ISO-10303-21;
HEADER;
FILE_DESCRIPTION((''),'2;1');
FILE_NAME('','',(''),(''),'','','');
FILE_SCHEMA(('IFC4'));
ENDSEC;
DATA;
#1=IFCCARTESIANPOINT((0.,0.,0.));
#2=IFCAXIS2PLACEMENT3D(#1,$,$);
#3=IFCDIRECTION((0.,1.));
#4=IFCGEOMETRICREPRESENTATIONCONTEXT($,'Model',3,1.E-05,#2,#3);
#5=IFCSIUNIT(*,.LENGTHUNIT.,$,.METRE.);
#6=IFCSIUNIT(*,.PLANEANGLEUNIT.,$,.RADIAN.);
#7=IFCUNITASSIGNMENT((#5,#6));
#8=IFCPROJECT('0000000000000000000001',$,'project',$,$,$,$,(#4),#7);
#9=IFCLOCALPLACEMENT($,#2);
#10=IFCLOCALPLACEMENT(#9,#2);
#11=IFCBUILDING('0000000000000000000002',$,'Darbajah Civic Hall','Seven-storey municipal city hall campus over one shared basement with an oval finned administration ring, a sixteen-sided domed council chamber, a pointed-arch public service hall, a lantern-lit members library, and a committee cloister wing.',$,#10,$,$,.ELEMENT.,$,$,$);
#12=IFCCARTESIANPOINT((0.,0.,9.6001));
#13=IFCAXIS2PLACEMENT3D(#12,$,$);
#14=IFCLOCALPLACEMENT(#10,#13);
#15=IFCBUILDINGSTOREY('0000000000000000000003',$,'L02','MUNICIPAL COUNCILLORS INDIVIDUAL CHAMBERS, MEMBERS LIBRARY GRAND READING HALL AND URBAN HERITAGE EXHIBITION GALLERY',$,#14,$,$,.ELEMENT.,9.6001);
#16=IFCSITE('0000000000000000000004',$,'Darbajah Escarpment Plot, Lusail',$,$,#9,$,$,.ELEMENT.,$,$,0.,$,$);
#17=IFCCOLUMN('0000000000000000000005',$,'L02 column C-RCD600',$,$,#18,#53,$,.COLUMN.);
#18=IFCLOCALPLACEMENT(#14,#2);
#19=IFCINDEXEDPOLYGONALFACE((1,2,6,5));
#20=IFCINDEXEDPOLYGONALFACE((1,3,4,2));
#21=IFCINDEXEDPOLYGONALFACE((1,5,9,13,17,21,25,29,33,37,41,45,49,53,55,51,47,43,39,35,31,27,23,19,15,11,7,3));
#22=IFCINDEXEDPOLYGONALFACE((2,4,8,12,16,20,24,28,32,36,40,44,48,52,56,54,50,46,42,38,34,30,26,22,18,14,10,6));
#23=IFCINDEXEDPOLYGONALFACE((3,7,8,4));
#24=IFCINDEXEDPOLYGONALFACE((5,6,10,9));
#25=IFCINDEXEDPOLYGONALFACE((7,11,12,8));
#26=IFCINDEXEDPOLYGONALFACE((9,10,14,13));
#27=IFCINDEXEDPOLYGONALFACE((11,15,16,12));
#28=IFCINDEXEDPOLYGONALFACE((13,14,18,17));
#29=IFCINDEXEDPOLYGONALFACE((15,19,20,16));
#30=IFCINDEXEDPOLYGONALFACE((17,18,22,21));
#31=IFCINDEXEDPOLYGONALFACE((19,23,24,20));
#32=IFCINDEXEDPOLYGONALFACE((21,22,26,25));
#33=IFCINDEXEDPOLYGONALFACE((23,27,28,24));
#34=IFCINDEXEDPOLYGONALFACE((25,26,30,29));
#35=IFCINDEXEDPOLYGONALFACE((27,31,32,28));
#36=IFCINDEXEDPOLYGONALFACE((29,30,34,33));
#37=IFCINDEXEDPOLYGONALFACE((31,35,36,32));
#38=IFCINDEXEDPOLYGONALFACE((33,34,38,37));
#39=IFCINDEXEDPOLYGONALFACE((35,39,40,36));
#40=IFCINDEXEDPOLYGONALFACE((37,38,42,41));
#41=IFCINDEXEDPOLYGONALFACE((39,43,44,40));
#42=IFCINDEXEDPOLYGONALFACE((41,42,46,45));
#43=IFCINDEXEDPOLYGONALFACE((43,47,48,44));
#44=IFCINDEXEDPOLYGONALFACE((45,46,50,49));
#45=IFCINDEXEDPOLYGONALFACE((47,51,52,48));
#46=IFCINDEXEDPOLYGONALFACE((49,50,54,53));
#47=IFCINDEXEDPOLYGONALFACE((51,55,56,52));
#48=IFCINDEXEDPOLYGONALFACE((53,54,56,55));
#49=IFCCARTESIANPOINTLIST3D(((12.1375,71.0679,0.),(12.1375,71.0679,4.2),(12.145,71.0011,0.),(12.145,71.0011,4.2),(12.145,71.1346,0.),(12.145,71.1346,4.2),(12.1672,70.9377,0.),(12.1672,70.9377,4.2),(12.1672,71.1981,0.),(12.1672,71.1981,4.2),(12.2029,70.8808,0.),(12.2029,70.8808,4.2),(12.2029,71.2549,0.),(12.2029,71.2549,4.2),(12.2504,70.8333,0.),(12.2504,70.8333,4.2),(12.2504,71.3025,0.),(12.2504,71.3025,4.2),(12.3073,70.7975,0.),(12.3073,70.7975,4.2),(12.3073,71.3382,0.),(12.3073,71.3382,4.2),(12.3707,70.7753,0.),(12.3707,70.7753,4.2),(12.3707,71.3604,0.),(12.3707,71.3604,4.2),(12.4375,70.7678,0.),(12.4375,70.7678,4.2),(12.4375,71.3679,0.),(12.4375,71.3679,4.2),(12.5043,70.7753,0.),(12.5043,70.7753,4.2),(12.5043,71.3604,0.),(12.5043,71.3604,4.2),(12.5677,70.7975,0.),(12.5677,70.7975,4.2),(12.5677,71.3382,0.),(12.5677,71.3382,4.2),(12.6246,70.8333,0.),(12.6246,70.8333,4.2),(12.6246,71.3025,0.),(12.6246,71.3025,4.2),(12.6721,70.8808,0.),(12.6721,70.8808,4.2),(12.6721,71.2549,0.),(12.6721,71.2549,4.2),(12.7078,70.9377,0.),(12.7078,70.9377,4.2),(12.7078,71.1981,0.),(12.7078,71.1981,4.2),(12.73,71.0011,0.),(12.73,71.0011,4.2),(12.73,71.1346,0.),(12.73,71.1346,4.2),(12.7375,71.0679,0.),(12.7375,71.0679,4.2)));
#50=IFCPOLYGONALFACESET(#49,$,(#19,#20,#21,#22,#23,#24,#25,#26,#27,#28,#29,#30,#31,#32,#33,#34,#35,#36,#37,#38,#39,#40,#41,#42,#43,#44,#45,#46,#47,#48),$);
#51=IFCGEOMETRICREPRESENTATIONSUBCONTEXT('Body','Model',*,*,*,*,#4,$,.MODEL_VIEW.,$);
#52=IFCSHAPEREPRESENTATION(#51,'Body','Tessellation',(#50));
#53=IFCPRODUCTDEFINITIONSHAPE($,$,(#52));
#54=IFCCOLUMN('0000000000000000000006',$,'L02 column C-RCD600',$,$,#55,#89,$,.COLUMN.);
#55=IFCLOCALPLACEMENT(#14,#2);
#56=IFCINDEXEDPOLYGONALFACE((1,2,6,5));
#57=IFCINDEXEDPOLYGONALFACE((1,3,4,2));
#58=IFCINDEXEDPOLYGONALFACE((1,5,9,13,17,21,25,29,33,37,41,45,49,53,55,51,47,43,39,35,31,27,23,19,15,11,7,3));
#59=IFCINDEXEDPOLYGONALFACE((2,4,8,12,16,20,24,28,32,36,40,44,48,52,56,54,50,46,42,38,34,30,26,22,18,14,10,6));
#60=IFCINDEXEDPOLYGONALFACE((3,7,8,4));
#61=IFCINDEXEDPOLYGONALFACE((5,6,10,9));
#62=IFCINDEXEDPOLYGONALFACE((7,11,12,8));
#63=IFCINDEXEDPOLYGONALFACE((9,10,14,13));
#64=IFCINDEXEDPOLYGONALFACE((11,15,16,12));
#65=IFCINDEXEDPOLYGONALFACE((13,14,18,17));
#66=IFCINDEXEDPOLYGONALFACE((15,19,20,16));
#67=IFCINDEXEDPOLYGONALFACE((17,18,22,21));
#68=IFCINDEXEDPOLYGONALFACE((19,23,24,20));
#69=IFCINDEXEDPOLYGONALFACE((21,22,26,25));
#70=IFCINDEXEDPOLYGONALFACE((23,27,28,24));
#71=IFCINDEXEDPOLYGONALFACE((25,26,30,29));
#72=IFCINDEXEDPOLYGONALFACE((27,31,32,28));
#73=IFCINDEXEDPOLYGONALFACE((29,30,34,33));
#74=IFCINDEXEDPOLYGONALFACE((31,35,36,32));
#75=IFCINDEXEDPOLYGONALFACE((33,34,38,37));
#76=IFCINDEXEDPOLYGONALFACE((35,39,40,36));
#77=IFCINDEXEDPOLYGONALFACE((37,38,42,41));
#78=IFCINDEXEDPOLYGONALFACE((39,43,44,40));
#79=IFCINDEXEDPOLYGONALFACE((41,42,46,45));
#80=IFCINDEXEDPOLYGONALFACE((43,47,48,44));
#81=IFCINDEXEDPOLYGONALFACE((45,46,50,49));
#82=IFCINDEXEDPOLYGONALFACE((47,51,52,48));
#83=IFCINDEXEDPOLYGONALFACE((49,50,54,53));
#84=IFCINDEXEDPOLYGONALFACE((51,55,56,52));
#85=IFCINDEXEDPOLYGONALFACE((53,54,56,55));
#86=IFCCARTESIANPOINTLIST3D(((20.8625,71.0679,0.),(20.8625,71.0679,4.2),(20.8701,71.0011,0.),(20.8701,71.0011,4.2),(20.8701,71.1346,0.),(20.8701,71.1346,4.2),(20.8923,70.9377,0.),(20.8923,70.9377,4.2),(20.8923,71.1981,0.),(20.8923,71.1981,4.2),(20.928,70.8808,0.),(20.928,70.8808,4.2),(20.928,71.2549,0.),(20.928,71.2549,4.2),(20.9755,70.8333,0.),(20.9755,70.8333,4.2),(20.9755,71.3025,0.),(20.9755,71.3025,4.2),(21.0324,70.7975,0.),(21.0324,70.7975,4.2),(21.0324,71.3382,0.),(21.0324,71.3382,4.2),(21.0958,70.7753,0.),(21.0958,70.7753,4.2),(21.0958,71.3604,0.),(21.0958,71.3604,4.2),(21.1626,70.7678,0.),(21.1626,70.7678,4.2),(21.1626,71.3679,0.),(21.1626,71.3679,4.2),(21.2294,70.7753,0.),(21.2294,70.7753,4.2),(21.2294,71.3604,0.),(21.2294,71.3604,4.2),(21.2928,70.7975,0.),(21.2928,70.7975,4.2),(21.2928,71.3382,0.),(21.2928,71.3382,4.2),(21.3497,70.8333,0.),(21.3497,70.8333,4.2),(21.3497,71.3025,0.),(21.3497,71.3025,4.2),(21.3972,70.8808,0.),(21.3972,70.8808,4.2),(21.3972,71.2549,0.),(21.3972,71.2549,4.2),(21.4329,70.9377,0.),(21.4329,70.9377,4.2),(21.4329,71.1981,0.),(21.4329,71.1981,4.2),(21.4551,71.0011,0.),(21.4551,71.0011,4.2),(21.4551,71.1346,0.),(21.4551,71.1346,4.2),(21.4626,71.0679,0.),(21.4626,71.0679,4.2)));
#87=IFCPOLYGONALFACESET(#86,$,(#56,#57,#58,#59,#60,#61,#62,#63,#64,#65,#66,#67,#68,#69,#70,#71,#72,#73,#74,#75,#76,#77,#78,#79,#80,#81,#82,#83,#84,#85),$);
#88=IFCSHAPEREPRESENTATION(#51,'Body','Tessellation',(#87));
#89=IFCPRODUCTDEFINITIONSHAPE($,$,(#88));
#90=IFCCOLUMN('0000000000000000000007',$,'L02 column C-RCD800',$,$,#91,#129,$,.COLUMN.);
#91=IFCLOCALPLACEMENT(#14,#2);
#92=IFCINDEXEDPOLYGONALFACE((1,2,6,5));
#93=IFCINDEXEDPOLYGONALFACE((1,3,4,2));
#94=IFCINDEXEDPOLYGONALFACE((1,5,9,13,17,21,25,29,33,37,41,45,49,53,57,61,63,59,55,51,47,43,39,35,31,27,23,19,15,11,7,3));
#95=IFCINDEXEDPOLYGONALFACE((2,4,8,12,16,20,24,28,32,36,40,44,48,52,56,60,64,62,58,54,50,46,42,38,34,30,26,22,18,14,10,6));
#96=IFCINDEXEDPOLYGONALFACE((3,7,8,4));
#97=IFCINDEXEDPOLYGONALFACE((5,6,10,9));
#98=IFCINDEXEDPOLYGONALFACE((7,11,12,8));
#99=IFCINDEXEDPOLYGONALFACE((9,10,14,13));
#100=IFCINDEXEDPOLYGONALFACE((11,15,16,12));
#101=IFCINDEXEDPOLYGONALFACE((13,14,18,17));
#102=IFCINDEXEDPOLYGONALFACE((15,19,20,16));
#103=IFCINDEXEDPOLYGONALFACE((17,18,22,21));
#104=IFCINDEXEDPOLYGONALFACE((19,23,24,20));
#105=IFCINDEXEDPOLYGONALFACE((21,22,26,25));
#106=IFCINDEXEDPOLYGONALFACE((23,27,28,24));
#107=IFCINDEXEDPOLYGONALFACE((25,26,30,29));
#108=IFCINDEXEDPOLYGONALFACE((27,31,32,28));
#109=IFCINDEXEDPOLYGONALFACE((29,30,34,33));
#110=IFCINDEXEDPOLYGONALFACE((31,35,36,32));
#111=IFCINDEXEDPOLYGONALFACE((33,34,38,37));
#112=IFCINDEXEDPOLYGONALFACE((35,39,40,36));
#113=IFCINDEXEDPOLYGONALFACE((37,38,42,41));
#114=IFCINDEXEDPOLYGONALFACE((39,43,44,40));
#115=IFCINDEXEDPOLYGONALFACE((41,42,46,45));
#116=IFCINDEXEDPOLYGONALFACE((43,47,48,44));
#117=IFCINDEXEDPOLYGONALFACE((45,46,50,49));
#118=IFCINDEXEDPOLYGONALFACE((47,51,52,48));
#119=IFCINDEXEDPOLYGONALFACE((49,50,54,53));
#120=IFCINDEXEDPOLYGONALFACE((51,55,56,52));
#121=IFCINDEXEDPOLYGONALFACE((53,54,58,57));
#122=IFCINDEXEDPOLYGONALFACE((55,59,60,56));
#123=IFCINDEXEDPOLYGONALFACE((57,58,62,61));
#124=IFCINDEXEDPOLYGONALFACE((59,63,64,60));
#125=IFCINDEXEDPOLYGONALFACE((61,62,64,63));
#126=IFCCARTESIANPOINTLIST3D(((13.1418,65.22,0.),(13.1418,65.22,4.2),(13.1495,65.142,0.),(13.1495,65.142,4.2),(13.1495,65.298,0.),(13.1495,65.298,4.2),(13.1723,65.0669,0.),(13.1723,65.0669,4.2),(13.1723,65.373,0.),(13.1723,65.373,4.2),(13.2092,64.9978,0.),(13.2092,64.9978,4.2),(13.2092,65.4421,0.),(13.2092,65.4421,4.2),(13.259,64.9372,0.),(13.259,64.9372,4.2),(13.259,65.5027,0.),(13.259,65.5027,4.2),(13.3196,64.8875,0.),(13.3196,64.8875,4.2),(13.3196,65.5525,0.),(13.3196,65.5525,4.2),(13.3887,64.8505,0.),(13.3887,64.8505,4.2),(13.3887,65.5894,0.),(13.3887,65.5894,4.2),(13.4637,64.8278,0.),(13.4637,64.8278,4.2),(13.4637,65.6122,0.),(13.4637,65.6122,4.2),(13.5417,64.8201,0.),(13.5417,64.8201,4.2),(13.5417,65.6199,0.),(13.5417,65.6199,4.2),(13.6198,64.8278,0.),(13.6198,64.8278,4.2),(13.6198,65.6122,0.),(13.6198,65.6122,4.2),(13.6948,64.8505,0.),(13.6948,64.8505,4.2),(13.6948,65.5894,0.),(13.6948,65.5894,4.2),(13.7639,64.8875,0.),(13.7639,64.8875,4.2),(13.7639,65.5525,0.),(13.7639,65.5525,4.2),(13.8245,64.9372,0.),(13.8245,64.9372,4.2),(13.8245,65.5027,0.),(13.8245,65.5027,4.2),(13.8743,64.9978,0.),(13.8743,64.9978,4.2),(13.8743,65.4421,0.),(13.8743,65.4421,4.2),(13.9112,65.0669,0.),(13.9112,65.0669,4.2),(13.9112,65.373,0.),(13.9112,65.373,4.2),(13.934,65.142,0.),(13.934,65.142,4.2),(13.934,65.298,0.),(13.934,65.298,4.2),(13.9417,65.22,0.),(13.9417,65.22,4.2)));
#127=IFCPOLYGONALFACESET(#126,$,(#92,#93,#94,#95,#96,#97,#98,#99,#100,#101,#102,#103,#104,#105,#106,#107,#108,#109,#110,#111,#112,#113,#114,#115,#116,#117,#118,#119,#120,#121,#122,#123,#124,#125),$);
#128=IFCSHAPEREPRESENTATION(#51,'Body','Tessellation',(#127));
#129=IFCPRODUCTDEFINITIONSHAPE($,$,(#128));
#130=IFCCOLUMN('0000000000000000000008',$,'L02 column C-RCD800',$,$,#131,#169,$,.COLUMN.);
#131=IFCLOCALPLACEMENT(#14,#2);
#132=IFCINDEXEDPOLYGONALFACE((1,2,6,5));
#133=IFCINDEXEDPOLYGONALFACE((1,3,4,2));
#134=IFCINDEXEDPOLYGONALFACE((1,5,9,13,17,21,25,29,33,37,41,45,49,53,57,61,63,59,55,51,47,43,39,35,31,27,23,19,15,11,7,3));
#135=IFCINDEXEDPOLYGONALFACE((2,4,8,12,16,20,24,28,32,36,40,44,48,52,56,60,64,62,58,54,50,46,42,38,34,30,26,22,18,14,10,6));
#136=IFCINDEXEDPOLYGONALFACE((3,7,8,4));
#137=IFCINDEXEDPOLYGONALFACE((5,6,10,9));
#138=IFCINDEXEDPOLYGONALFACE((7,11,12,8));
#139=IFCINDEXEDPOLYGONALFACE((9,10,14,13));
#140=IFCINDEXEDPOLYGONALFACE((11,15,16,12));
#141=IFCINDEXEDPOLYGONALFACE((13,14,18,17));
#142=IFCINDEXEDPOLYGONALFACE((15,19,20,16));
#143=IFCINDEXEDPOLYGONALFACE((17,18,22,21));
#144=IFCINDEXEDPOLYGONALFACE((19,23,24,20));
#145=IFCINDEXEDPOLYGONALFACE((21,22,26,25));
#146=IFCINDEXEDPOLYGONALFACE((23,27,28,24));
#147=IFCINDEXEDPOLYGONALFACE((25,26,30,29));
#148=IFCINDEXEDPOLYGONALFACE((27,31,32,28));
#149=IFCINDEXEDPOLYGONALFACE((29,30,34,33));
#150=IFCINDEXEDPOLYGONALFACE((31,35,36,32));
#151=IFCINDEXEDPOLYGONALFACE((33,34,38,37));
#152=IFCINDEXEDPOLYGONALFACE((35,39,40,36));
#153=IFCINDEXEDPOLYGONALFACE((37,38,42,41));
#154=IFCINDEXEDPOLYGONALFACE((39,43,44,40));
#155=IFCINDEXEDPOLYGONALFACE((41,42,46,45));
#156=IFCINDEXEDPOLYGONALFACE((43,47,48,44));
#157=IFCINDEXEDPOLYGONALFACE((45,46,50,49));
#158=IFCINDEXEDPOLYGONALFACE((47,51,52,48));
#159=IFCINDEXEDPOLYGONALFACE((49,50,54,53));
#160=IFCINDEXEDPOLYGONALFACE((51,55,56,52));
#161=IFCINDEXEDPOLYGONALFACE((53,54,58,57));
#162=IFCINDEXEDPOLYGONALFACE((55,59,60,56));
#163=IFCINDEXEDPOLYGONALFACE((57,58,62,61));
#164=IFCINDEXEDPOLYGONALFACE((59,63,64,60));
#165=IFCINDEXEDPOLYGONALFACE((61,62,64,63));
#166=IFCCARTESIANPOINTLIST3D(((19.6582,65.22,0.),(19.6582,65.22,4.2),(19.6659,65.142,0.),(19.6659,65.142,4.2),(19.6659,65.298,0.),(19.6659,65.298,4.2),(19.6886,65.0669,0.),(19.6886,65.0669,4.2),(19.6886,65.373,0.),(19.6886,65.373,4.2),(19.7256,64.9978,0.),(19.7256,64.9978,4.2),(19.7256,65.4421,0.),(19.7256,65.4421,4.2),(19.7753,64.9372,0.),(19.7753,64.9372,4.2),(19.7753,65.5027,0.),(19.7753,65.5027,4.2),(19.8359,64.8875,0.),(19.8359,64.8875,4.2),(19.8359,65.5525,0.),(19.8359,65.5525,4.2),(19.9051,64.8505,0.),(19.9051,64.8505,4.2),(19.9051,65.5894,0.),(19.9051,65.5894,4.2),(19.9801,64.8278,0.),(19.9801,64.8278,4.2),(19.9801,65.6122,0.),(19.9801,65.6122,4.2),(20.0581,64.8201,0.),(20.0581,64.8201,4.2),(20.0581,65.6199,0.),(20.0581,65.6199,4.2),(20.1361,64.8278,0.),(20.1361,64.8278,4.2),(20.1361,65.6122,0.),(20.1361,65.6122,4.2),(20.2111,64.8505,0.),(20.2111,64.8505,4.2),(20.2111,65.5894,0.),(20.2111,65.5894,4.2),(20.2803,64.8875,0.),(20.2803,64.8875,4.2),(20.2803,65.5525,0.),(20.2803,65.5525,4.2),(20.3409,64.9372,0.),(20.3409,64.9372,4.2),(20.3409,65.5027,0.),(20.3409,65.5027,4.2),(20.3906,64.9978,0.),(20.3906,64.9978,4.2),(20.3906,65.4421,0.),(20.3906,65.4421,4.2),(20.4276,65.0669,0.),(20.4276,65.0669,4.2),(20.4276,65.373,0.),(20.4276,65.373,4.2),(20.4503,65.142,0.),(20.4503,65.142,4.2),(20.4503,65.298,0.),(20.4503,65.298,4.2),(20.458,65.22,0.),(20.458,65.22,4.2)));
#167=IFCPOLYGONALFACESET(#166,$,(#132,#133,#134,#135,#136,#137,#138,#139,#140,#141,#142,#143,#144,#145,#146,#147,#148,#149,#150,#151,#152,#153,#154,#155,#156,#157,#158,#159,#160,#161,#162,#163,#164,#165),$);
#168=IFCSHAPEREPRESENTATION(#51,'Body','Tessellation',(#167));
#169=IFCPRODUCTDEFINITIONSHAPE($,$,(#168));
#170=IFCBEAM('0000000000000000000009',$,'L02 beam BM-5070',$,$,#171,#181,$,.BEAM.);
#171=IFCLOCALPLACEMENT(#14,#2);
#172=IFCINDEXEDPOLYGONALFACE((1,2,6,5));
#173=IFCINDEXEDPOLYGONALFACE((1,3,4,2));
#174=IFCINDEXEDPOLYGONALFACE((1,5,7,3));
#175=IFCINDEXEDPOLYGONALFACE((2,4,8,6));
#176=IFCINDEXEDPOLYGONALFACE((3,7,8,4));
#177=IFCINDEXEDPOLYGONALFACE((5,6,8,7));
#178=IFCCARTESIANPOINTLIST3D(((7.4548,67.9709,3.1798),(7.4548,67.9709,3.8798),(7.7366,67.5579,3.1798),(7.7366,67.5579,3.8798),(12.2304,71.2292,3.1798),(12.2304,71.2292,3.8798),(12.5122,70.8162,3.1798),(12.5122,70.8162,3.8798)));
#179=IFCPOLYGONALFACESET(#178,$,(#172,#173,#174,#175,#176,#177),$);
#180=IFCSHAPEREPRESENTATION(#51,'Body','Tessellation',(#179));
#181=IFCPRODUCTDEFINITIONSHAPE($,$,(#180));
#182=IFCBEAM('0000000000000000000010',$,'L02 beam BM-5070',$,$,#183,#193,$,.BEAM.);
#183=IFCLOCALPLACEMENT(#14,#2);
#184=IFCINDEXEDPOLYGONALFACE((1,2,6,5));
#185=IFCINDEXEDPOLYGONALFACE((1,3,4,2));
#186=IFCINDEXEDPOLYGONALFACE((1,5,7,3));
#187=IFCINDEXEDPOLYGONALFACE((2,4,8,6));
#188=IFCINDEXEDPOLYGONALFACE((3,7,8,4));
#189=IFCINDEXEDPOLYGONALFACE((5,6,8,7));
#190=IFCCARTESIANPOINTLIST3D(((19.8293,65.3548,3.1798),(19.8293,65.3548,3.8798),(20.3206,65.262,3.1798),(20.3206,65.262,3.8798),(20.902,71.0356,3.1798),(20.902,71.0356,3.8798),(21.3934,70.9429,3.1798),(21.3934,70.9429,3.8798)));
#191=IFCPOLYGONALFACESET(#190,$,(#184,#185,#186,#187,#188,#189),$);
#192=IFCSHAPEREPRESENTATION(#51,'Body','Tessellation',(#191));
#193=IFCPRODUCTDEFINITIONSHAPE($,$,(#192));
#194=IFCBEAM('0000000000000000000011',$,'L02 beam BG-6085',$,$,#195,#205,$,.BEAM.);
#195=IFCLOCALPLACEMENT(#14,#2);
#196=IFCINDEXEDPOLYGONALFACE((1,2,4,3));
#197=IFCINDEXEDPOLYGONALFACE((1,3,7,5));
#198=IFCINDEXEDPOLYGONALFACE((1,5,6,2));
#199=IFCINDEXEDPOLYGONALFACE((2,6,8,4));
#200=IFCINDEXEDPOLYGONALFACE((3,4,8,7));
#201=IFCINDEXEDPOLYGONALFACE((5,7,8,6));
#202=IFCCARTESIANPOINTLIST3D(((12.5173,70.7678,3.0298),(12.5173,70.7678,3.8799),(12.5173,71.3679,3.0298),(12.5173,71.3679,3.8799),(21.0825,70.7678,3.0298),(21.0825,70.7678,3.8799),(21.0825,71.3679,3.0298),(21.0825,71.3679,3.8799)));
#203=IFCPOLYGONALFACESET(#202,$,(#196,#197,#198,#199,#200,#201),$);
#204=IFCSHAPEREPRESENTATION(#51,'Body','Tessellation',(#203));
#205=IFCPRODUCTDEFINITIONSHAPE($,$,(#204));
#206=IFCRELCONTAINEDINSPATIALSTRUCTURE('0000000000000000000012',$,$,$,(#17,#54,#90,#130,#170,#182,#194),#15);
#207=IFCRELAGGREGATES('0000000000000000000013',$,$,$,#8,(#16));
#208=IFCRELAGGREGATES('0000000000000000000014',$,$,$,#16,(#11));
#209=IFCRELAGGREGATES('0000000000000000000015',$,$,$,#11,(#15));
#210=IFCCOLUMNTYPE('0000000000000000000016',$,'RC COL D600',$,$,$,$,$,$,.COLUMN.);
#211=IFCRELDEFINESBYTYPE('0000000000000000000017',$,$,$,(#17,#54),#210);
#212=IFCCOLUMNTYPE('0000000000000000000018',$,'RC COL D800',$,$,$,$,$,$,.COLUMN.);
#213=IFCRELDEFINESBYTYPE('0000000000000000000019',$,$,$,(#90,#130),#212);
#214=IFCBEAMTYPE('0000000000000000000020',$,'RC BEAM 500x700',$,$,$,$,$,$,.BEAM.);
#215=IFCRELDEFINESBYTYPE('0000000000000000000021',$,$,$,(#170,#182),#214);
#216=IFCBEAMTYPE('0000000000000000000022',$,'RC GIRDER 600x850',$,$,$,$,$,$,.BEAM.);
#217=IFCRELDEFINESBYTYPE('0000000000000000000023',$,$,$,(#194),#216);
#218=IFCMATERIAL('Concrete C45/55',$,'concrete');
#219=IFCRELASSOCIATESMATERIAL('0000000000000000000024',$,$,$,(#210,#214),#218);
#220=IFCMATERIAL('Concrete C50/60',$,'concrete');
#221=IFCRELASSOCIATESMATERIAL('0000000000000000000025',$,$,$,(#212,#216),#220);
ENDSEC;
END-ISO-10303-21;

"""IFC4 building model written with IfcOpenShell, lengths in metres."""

from ifc_helpers import new_model, si_unit, direction, frame, origin, origin_2d, place, context, subcontext, project, spatial, rectangle, circle, extrude, material, material_profile, profile_set, type_object, element, save


model = new_model("IFC4")

# Units and contexts
model_context = context("Model", 3, precision=1e-05, world=origin(), true_north=direction((0.0, 1.0)))
body_context = subcontext(model_context, "Body", "Model", "MODEL_VIEW")
ifc_project = project(units=[si_unit("LENGTHUNIT", "METRE"), si_unit("PLANEANGLEUNIT", "RADIAN")], contexts=[model_context])

# Site, building, storey
site_placement = place(None, origin())
site = spatial("IfcSite", under=ifc_project, at=site_placement, Name="Darbajah Escarpment Plot, Lusail", CompositionType="ELEMENT", RefElevation=0.0)
building_placement = place(site_placement, origin())
building = spatial("IfcBuilding", under=site, at=building_placement, Name="Darbajah Civic Hall", Description="Seven-storey municipal city hall campus over one shared basement with an oval finned administration ring, a sixteen-sided domed council chamber, a pointed-arch public service hall, a lantern-lit members library, and a committee cloister wing.", CompositionType="ELEMENT")
storey_placement = place(building_placement, frame((0.0, 0.0, 9.6001)))
storey = spatial("IfcBuildingStorey", under=building, at=storey_placement, Name="L02", Description="MUNICIPAL COUNCILLORS INDIVIDUAL CHAMBERS, MEMBERS LIBRARY GRAND READING HALL AND URBAN HERITAGE EXHIBITION GALLERY", CompositionType="ELEMENT", Elevation=9.6001)

# Columns
ifc_material_1 = material(Name="Concrete C45/55", Category="concrete")
ifc_material_profile_1 = material_profile(ifc_material_1, circle(Radius=0.3, at=origin_2d()), Name="RC COL D600")
ifc_profile_set_1 = profile_set([ifc_material_profile_1], Name="Concrete C45/55")
column_type_1 = type_object("IfcColumnType", Name="RC COL D600", PredefinedType="COLUMN", material=ifc_profile_set_1)
for number, where, z_axis, x_axis, name in (
    (1, (12.4375, 71.0679, 0.0), (0.0, 0.0, 1.0), (1.0, 0.0, 0.0), "L02 column C-RCD600"),
    (2, (21.1626, 71.0679, 0.0), (0.0, 0.0, 1.0), (1.0, 0.0, 0.0), "L02 column C-RCD600"),
):
    element("IfcColumn", number, at=place(storey_placement, frame(where, z_axis=z_axis, x_axis=x_axis)), inside=storey, type_object=column_type_1, Name=name, PredefinedType="COLUMN", context=body_context, shape_type="SweptSolid", body=[
        extrude(circle(Radius=0.3, at=origin_2d()), origin(), (0.0, 0.0, 1.0), 4.2),
    ])
ifc_material_2 = material(Name="Concrete C50/60", Category="concrete")
ifc_material_profile_2 = material_profile(ifc_material_2, circle(Radius=0.3999, at=origin_2d()), Name="RC COL D800")
ifc_profile_set_2 = profile_set([ifc_material_profile_2], Name="Concrete C50/60")
column_type_2 = type_object("IfcColumnType", Name="RC COL D800", PredefinedType="COLUMN", material=ifc_profile_set_2)
for number, where, z_axis, x_axis, name in (
    (3, (13.5417, 65.22, 0.0), (0.0, 0.0, 1.0), (1.0, 0.0, 0.0), "L02 column C-RCD800"),
    (4, (20.0581, 65.22, 0.0), (0.0, 0.0, 1.0), (1.0, 0.0, 0.0), "L02 column C-RCD800"),
):
    element("IfcColumn", number, at=place(storey_placement, frame(where, z_axis=z_axis, x_axis=x_axis)), inside=storey, type_object=column_type_2, Name=name, PredefinedType="COLUMN", context=body_context, shape_type="SweptSolid", body=[
        extrude(circle(Radius=0.3999, at=origin_2d()), origin(), (0.0, 0.0, 1.0), 4.2),
    ])

# Beams
ifc_material_profile_3 = material_profile(ifc_material_1, rectangle(XDim=0.5, YDim=0.7, at=origin_2d()), Name="RC BEAM 500x700")
ifc_profile_set_3 = profile_set([ifc_material_profile_3], Name="Concrete C45/55")
beam_type_1 = type_object("IfcBeamType", Name="RC BEAM 500x700", PredefinedType="BEAM", material=ifc_profile_set_3)
for number, where, z_axis, x_axis, name in (
    (5, (12.3713, 71.0227, 3.5298), (-0.826051, -0.563595, 0.0), (0.563595, -0.826051, 0.0), "L02 beam BM-5070"),
    (6, (21.1477, 70.9893, 3.5298), (-0.185556, -0.982634, 0.0), (0.982634, -0.185556, 0.0), "L02 beam BM-5070"),
):
    element("IfcBeam", number, at=place(storey_placement, frame(where, z_axis=z_axis, x_axis=x_axis)), inside=storey, type_object=beam_type_1, Name=name, PredefinedType="BEAM", context=body_context, shape_type="SweptSolid", body=[
        extrude(rectangle(XDim=0.5, YDim=0.7, at=origin_2d()), origin(), (0.0, 0.0, 1.0), 5.7812),
    ])
ifc_material_profile_4 = material_profile(ifc_material_2, rectangle(XDim=0.6001, YDim=0.8501, at=origin_2d()), Name="RC GIRDER 600x850")
ifc_profile_set_4 = profile_set([ifc_material_profile_4], Name="Concrete C50/60")
beam_type_2 = type_object("IfcBeamType", Name="RC GIRDER 600x850", PredefinedType="BEAM", material=ifc_profile_set_4)
beam_1_placement = place(storey_placement, frame((12.5173, 71.0679, 3.4548), z_axis=(1.0, 0.0, 0.0), x_axis=(0.0, 1.0, 0.0)))
element("IfcBeam", 7, at=beam_1_placement, inside=storey, type_object=beam_type_2, Name="L02 beam BG-6085", PredefinedType="BEAM", context=body_context, shape_type="SweptSolid", body=[
    extrude(rectangle(XDim=0.6001, YDim=0.8501, at=origin_2d()), origin(), (0.0, 0.0, 1.0), 8.5652),
])

save(model, "model.ifc")
